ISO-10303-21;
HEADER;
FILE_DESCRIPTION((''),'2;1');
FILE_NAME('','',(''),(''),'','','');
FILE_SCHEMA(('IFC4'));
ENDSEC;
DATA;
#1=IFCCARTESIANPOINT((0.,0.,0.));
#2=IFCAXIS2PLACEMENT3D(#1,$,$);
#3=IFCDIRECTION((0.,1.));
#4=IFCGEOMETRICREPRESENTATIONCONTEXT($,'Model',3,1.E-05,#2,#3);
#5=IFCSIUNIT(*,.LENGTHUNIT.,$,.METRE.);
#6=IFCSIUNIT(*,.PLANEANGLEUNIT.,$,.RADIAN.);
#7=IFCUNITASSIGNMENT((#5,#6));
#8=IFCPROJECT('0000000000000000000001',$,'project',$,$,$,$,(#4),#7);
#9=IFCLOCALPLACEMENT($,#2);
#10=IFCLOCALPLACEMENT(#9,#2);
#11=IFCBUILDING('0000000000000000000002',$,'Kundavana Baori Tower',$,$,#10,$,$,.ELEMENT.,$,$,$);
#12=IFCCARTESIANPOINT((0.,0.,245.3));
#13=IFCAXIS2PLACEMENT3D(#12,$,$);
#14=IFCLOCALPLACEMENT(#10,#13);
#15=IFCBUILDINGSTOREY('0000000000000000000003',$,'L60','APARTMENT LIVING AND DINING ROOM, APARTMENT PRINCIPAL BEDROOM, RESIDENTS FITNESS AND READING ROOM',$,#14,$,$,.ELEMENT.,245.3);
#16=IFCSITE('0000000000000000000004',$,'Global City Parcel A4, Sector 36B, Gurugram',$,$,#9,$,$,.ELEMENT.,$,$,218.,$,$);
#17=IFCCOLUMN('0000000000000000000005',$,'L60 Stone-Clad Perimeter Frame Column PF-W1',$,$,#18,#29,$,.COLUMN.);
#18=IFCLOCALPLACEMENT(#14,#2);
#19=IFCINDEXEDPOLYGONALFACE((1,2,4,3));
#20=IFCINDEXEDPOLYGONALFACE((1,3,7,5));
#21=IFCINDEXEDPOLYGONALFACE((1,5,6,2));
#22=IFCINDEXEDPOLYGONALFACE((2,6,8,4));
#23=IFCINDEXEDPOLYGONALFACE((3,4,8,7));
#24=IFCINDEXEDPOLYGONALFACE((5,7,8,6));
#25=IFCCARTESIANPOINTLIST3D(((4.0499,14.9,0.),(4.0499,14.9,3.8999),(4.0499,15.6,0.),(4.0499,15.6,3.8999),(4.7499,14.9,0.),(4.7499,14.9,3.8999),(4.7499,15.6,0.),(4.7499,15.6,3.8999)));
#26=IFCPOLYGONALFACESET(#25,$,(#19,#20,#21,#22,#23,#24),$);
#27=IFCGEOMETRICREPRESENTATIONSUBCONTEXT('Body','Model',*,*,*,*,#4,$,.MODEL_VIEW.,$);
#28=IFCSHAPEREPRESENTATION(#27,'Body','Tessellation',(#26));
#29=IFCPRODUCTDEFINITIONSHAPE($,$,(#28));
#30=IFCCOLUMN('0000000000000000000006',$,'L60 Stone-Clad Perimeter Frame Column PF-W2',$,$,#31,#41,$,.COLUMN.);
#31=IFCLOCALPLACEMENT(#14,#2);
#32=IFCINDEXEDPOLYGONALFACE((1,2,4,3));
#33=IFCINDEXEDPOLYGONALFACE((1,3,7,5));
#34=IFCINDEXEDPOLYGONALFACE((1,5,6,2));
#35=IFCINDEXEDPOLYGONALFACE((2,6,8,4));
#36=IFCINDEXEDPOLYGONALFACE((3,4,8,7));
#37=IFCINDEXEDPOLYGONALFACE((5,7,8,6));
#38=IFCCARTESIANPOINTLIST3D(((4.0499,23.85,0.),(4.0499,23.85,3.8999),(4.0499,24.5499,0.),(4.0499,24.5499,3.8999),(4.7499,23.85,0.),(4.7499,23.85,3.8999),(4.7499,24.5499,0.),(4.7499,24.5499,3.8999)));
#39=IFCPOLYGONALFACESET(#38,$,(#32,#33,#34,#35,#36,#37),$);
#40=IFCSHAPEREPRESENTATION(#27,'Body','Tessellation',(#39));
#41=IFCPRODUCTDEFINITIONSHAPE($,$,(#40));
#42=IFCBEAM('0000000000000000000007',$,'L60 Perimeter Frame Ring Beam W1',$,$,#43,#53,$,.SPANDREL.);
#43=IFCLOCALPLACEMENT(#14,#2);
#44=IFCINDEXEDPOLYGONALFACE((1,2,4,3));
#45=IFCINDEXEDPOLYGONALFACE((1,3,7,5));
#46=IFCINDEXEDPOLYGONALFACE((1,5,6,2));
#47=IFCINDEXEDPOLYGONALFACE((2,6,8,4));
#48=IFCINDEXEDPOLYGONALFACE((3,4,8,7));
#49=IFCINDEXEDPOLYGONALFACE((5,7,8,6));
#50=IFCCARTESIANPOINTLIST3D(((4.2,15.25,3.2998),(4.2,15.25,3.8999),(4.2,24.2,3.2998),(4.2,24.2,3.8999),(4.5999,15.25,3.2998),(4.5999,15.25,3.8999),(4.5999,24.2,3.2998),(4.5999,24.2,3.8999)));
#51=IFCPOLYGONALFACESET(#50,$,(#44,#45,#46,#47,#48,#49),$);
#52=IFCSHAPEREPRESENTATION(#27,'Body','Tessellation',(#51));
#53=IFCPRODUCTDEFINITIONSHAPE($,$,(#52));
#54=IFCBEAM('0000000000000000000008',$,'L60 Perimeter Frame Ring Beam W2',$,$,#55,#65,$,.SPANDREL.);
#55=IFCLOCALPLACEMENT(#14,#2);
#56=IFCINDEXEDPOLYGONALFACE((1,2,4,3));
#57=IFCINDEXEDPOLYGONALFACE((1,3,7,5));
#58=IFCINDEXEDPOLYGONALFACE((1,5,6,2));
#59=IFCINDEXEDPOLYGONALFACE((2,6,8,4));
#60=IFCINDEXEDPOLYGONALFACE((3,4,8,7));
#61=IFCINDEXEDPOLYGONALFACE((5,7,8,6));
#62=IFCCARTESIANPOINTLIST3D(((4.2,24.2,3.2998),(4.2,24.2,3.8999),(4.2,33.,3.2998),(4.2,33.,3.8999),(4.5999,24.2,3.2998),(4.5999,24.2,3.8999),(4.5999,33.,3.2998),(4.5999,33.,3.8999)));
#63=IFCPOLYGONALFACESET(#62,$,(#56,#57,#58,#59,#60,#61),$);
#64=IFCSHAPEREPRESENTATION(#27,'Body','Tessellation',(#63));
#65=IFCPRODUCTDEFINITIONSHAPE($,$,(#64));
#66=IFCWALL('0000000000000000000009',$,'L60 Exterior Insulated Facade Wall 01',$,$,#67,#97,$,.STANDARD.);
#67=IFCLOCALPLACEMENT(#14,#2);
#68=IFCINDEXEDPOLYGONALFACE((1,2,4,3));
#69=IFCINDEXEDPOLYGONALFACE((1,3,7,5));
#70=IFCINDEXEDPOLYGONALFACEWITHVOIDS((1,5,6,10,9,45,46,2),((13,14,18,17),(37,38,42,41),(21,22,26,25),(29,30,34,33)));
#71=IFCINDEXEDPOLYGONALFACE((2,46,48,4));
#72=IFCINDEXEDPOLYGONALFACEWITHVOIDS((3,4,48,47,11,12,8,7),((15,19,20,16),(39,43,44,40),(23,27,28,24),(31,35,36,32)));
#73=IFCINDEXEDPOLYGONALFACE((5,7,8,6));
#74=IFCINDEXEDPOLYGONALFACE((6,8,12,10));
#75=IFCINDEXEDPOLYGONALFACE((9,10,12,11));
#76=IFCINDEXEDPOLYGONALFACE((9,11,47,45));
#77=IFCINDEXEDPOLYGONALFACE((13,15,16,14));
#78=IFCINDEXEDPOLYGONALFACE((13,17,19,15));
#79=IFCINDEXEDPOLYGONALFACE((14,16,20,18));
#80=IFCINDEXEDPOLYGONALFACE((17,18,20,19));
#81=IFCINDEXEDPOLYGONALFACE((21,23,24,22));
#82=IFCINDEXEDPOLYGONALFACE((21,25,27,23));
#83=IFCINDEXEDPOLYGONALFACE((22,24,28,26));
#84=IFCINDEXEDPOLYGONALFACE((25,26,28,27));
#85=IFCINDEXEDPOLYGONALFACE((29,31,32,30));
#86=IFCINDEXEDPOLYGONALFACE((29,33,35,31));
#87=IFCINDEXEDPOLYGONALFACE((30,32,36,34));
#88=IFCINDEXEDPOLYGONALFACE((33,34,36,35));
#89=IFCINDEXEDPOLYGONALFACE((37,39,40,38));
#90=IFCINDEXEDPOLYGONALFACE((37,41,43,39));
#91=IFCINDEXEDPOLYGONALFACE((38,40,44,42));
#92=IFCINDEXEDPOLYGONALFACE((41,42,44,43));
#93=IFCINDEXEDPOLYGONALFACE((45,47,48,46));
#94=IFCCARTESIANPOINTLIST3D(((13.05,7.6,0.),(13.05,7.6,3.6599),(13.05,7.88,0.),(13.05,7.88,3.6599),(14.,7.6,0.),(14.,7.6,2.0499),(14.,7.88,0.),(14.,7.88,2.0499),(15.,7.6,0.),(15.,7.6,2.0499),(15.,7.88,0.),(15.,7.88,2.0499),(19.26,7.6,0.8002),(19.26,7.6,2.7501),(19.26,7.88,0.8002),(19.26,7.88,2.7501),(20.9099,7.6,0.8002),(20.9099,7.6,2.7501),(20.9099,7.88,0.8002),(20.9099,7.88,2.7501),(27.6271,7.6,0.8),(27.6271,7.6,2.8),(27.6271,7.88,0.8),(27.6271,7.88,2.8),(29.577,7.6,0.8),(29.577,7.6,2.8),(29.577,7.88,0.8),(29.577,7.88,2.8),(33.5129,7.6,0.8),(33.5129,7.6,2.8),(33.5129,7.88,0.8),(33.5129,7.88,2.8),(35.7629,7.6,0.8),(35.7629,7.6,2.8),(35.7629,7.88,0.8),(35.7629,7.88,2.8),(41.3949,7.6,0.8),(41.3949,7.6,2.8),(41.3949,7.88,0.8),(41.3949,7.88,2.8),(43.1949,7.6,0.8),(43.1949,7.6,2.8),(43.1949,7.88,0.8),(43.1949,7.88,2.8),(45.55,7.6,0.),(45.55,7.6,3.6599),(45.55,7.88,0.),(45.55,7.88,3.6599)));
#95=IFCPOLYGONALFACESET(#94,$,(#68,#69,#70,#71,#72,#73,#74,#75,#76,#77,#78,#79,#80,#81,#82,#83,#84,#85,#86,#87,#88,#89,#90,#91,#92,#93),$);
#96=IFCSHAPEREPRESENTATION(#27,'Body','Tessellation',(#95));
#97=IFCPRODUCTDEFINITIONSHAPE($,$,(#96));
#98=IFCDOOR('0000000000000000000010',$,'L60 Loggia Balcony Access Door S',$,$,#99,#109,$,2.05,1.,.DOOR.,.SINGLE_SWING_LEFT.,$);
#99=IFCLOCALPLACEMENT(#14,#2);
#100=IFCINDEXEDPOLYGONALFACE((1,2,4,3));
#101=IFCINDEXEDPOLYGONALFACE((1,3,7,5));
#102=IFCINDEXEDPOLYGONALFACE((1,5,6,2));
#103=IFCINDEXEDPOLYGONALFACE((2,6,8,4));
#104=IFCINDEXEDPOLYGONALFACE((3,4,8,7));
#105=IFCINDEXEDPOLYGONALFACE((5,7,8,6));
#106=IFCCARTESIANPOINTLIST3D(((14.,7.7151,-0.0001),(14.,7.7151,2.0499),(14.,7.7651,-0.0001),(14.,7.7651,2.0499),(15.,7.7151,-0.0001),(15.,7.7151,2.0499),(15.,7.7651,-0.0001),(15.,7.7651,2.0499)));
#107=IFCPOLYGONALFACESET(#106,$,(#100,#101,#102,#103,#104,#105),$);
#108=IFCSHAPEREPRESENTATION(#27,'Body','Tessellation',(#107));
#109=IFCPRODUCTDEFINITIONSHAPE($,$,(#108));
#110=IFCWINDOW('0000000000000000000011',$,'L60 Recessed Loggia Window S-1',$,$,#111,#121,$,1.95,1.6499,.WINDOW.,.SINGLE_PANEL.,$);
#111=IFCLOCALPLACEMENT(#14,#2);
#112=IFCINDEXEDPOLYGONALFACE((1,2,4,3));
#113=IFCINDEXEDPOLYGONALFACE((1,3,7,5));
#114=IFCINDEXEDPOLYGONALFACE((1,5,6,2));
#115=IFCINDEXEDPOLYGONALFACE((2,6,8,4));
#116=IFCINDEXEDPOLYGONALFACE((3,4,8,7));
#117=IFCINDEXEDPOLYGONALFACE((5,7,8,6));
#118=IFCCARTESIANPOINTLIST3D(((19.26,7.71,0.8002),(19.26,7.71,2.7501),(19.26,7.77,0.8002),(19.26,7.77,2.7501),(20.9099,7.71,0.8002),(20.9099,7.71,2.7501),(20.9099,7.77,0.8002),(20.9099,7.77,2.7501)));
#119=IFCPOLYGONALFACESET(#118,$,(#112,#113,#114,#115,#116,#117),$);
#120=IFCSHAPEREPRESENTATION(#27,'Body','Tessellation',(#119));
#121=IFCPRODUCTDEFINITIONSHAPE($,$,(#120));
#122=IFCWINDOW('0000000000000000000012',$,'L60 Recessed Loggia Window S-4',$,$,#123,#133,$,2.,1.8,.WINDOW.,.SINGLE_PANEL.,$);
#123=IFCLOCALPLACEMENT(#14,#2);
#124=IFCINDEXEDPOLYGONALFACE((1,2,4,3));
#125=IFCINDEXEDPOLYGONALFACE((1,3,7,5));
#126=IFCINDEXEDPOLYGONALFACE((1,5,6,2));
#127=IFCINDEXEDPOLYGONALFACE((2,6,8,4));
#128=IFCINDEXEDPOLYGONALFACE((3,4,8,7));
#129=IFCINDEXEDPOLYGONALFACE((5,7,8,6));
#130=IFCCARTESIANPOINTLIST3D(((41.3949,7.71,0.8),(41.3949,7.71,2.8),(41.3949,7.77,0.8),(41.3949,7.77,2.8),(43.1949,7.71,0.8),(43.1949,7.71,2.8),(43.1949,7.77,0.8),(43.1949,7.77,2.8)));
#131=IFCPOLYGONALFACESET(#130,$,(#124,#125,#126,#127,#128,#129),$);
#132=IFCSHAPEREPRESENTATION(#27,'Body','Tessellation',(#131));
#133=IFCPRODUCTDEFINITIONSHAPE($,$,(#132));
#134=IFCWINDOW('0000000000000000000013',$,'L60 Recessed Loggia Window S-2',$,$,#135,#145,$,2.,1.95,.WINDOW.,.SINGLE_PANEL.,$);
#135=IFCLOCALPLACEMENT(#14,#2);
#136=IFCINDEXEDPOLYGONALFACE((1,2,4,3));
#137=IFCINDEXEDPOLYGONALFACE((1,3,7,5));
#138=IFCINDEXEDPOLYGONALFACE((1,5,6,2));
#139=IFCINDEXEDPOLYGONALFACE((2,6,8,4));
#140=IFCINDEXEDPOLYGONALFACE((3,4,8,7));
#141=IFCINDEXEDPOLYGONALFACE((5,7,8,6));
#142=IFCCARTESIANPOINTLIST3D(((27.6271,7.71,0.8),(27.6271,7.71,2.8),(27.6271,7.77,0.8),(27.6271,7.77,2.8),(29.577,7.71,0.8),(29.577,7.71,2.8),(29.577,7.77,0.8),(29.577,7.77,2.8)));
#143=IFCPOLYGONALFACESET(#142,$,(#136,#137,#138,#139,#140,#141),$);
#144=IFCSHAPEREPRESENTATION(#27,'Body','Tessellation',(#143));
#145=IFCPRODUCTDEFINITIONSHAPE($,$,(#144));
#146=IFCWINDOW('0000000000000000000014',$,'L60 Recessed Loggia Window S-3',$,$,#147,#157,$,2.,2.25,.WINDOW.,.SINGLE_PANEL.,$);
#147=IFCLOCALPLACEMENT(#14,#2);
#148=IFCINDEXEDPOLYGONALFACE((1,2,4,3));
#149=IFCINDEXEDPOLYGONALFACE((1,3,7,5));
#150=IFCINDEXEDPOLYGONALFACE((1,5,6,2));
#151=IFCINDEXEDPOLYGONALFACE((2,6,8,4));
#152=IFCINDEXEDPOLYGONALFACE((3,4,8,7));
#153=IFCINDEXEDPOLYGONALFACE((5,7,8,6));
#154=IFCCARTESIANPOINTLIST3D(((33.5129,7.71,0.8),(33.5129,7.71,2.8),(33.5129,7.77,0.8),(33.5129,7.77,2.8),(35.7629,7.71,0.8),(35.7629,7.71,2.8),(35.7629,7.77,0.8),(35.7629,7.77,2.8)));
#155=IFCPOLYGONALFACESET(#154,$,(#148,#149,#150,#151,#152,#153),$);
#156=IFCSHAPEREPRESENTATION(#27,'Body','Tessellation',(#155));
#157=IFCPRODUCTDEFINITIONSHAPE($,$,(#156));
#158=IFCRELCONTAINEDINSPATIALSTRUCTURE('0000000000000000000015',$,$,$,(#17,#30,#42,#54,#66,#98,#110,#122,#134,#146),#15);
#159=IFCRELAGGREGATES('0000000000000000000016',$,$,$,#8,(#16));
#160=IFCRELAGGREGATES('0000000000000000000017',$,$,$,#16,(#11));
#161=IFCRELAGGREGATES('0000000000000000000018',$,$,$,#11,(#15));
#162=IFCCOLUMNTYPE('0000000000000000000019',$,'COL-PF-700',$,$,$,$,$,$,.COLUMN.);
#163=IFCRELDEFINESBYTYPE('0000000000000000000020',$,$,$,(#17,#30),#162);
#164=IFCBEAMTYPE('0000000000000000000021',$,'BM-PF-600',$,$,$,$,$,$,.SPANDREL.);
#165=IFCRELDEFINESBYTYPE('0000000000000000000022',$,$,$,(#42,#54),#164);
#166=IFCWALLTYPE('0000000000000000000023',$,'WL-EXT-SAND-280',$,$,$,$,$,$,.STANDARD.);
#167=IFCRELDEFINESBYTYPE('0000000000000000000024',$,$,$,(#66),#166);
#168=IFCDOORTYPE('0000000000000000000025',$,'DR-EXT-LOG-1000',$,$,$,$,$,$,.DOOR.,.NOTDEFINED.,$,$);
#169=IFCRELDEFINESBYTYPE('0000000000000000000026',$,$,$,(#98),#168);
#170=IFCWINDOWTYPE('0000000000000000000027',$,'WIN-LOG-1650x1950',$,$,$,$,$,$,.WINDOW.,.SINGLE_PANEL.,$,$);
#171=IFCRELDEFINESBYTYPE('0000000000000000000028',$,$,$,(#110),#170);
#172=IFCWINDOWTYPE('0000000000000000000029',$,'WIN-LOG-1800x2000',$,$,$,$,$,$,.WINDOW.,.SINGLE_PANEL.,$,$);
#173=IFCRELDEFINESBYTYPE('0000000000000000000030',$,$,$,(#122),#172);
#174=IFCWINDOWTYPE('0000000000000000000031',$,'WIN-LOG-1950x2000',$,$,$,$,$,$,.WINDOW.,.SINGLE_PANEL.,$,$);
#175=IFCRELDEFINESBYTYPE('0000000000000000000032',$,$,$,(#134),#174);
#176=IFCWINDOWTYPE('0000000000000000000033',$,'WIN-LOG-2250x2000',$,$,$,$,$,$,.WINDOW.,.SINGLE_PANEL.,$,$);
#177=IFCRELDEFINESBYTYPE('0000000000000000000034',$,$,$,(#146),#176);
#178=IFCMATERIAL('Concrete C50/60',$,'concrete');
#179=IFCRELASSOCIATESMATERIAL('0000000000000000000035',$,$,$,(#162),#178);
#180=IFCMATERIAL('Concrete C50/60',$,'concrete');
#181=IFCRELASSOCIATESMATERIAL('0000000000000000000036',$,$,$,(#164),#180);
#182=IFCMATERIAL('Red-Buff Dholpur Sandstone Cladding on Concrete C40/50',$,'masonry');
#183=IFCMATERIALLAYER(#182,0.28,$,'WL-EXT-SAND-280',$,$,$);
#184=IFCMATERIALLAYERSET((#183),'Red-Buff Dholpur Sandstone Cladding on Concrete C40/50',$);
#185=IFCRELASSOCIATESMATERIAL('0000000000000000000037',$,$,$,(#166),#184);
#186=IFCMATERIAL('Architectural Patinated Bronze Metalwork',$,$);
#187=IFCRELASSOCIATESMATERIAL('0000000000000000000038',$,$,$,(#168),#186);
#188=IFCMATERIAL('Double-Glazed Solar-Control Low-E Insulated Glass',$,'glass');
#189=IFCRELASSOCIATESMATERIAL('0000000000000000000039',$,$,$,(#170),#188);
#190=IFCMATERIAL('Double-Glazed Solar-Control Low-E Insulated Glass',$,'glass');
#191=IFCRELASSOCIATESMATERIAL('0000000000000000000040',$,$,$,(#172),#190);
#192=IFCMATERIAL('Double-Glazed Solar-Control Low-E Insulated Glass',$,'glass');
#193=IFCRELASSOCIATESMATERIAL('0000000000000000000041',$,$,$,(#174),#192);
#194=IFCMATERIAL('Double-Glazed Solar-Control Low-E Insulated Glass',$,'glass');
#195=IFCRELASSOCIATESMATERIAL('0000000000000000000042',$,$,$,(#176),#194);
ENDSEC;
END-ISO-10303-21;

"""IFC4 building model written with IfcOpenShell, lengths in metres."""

from ifc_helpers import new_model, si_unit, direction, frame, frame_2d, origin, origin_2d, place, context, subcontext, project, spatial, rectangle, extrude, material, layer, layer_set, material_profile, profile_set, type_object, element, fill, save


model = new_model("IFC4")

# Units and contexts
model_context = context("Model", 3, precision=1e-05, world=origin(), true_north=direction((0.0, 1.0)))
body_context = subcontext(model_context, "Body", "Model", "MODEL_VIEW")
ifc_project = project(units=[si_unit("LENGTHUNIT", "METRE"), si_unit("PLANEANGLEUNIT", "RADIAN")], contexts=[model_context])

# Site, building, storey
site_placement = place(None, origin())
site = spatial("IfcSite", under=ifc_project, at=site_placement, Name="Global City Parcel A4, Sector 36B, Gurugram", CompositionType="ELEMENT", RefElevation=218.0)
building_placement = place(site_placement, origin())
building = spatial("IfcBuilding", under=site, at=building_placement, Name="Kundavana Baori Tower", CompositionType="ELEMENT")
storey_placement = place(building_placement, frame((0.0, 0.0, 245.3)))
storey = spatial("IfcBuildingStorey", under=building, at=storey_placement, Name="L60", Description="APARTMENT LIVING AND DINING ROOM, APARTMENT PRINCIPAL BEDROOM, RESIDENTS FITNESS AND READING ROOM", CompositionType="ELEMENT", Elevation=245.3)

# Columns
ifc_material_1 = material(Name="Concrete C50/60", Category="concrete")
ifc_material_profile_1 = material_profile(ifc_material_1, rectangle(XDim=0.7, YDim=0.7, at=origin_2d()), Name="RC PF 700x700")
ifc_profile_set_1 = profile_set([ifc_material_profile_1], Name="Concrete C50/60")
column_type = type_object("IfcColumnType", Name="COL-PF-700", PredefinedType="COLUMN", material=ifc_profile_set_1)
for number, where, z_axis, x_axis, name in (
    (1, (4.3999, 15.25, 0.0), (0.0, 0.0, 1.0), (1.0, 0.0, 0.0), "L60 Stone-Clad Perimeter Frame Column PF-W1"),
    (2, (4.3999, 24.2, 0.0), (0.0, 0.0, 1.0), (1.0, 0.0, 0.0), "L60 Stone-Clad Perimeter Frame Column PF-W2"),
):
    element("IfcColumn", number, at=place(storey_placement, frame(where, z_axis=z_axis, x_axis=x_axis)), inside=storey, type_object=column_type, Name=name, PredefinedType="COLUMN", context=body_context, shape_type="SweptSolid", body=[
        extrude(rectangle(XDim=0.7, YDim=0.7, at=origin_2d()), origin(), (0.0, 0.0, 1.0), 3.8999),
    ])

# Beams
ifc_material_2 = material(Name="Concrete C50/60", Category="concrete")
ifc_material_profile_2 = material_profile(ifc_material_2, rectangle(XDim=0.3999, YDim=0.6001, at=origin_2d()), Name="RC BM 400x600")
ifc_profile_set_2 = profile_set([ifc_material_profile_2], Name="Concrete C50/60")
beam_type = type_object("IfcBeamType", Name="BM-PF-600", PredefinedType="SPANDREL", material=ifc_profile_set_2)
beam_1_placement = place(storey_placement, frame((4.3999, 15.25, 3.5999), z_axis=(0.0, 1.0, 0.0), x_axis=(-1.0, 0.0, 0.0)))
element("IfcBeam", 3, at=beam_1_placement, inside=storey, type_object=beam_type, Name="L60 Perimeter Frame Ring Beam W1", PredefinedType="SPANDREL", context=body_context, shape_type="SweptSolid", body=[
    extrude(rectangle(XDim=0.3999, YDim=0.6001, at=origin_2d()), origin(), (0.0, 0.0, 1.0), 8.95),
])
beam_2_placement = place(storey_placement, frame((4.3999, 24.2, 3.5999), z_axis=(0.0, 1.0, 0.0), x_axis=(-1.0, 0.0, 0.0)))
element("IfcBeam", 4, at=beam_2_placement, inside=storey, type_object=beam_type, Name="L60 Perimeter Frame Ring Beam W2", PredefinedType="SPANDREL", context=body_context, shape_type="SweptSolid", body=[
    extrude(rectangle(XDim=0.3999, YDim=0.6001, at=origin_2d()), origin(), (0.0, 0.0, 1.0), 8.8),
])

# Wall, openings, door, windows
ifc_material_3 = material(Name="Red-Buff Dholpur Sandstone Cladding on Concrete C40/50", Category="masonry")
ifc_layer_1 = layer(ifc_material_3, 0.28, Name="WL-EXT-SAND-280")
ifc_layer_set_1 = layer_set([ifc_layer_1], Name="Red-Buff Dholpur Sandstone Cladding on Concrete C40/50")
wall_type_1 = type_object("IfcWallType", Name="WL-EXT-SAND-280", PredefinedType="STANDARD", material=ifc_layer_set_1)
wall_1_placement = place(storey_placement, frame((13.05, 7.74, 0.0), z_axis=(0.0, 0.0, 1.0), x_axis=(1.0, 0.0, 0.0)))
wall_1 = element("IfcWall", 5, at=wall_1_placement, inside=storey, type_object=wall_type_1, Name="L60 Exterior Insulated Facade Wall 01", PredefinedType="STANDARD", context=body_context, shape_type="SweptSolid", body=[
    extrude(rectangle(XDim=32.5, YDim=0.28, at=frame_2d((16.25, 0.0))), origin(), (0.0, 0.0, 1.0), 3.6599),
])
opening_1_placement = place(wall_1_placement, frame((0.95, 0.0, 0.0)))
opening_1 = element("IfcOpeningElement", 6, at=opening_1_placement, cuts=wall_1, PredefinedType="OPENING", context=body_context, shape_type="SweptSolid", body=[
    extrude(rectangle(XDim=1.0, YDim=2.05, at=frame_2d((0.5, 1.0249))), frame((0.0, 0.1499, 0.0), z_axis=(0.0, -1.0, 0.0), x_axis=(1.0, 0.0, 0.0)), (0.0, 0.0, 1.0), 0.3),
])
opening_2_placement = place(wall_1_placement, frame((6.21, 0.0, 0.8)))
opening_2 = element("IfcOpeningElement", 7, at=opening_2_placement, cuts=wall_1, PredefinedType="OPENING", context=body_context, shape_type="SweptSolid", body=[
    extrude(rectangle(XDim=1.6499, YDim=1.95, at=frame_2d((0.825, 0.9751))), frame((0.0, 0.1499, 0.0), z_axis=(0.0, -1.0, 0.0), x_axis=(1.0, 0.0, 0.0)), (0.0, 0.0, 1.0), 0.3),
])
opening_3_placement = place(wall_1_placement, frame((14.5769, 0.0, 0.8)))
opening_3 = element("IfcOpeningElement", 8, at=opening_3_placement, cuts=wall_1, PredefinedType="OPENING", context=body_context, shape_type="SweptSolid", body=[
    extrude(rectangle(XDim=1.95, YDim=2.0, at=frame_2d((0.9751, 1.0))), frame((0.0, 0.1499, 0.0), z_axis=(0.0, -1.0, 0.0), x_axis=(1.0, 0.0, 0.0)), (0.0, 0.0, 1.0), 0.3),
])
opening_4_placement = place(wall_1_placement, frame((20.4629, 0.0, 0.8)))
opening_4 = element("IfcOpeningElement", 9, at=opening_4_placement, cuts=wall_1, PredefinedType="OPENING", context=body_context, shape_type="SweptSolid", body=[
    extrude(rectangle(XDim=2.25, YDim=2.0, at=frame_2d((1.125, 1.0))), frame((0.0, 0.1499, 0.0), z_axis=(0.0, -1.0, 0.0), x_axis=(1.0, 0.0, 0.0)), (0.0, 0.0, 1.0), 0.3),
])
opening_5_placement = place(wall_1_placement, frame((28.345, 0.0, 0.8)))
opening_5 = element("IfcOpeningElement", 10, at=opening_5_placement, cuts=wall_1, PredefinedType="OPENING", context=body_context, shape_type="SweptSolid", body=[
    extrude(rectangle(XDim=1.8, YDim=2.0, at=frame_2d((0.8999, 1.0))), frame((0.0, 0.1499, 0.0), z_axis=(0.0, -1.0, 0.0), x_axis=(1.0, 0.0, 0.0)), (0.0, 0.0, 1.0), 0.3),
])
ifc_material_4 = material(Name="Architectural Patinated Bronze Metalwork")
door_type_1 = type_object("IfcDoorType", Name="DR-EXT-LOG-1000", OperationType="NOTDEFINED", PredefinedType="DOOR", material=ifc_material_4)
door_1_placement = place(opening_1_placement, frame((1.0, 0.0, 0.0), z_axis=(0.0, 0.0, 1.0), x_axis=(-1.0, 0.0, 0.0)))
door_1 = element("IfcDoor", 11, at=door_1_placement, inside=storey, type_object=door_type_1, Name="L60 Loggia Balcony Access Door S", OperationType="SINGLE_SWING_LEFT", OverallHeight=2.05, OverallWidth=1.0, PredefinedType="DOOR", context=body_context, shape_type="SweptSolid", body=[
    extrude(rectangle(XDim=1.0, YDim=2.05, at=frame_2d((0.5, 1.0249))), frame((0.0, 0.0249, 0.0), z_axis=(0.0, -1.0, 0.0), x_axis=(1.0, 0.0, 0.0)), (0.0, 0.0, 1.0), 0.05),
])
fill(opening_1, door_1)
ifc_material_5 = material(Name="Double-Glazed Solar-Control Low-E Insulated Glass", Category="glass")
window_type_1 = type_object("IfcWindowType", Name="WIN-LOG-1650x1950", PartitioningType="SINGLE_PANEL", PredefinedType="WINDOW", material=ifc_material_5)
window_1_placement = place(opening_2_placement, origin())
window_1 = element("IfcWindow", 12, at=window_1_placement, inside=storey, type_object=window_type_1, Name="L60 Recessed Loggia Window S-1", OverallHeight=1.95, OverallWidth=1.6499, PartitioningType="SINGLE_PANEL", PredefinedType="WINDOW", context=body_context, shape_type="SweptSolid", body=[
    extrude(rectangle(XDim=1.6499, YDim=1.95, at=frame_2d((0.825, 0.9751))), frame((0.0, 0.03, 0.0), z_axis=(0.0, -1.0, 0.0), x_axis=(1.0, 0.0, 0.0)), (0.0, 0.0, 1.0), 0.0601),
])
fill(opening_2, window_1)
ifc_material_6 = material(Name="Double-Glazed Solar-Control Low-E Insulated Glass", Category="glass")
window_type_2 = type_object("IfcWindowType", Name="WIN-LOG-1800x2000", PartitioningType="SINGLE_PANEL", PredefinedType="WINDOW", material=ifc_material_6)
window_2_placement = place(opening_5_placement, origin())
window_2 = element("IfcWindow", 13, at=window_2_placement, inside=storey, type_object=window_type_2, Name="L60 Recessed Loggia Window S-4", OverallHeight=2.0, OverallWidth=1.8, PartitioningType="SINGLE_PANEL", PredefinedType="WINDOW", context=body_context, shape_type="SweptSolid", body=[
    extrude(rectangle(XDim=1.8, YDim=2.0, at=frame_2d((0.8999, 1.0))), frame((0.0, 0.03, 0.0), z_axis=(0.0, -1.0, 0.0), x_axis=(1.0, 0.0, 0.0)), (0.0, 0.0, 1.0), 0.0601),
])
fill(opening_5, window_2)
ifc_material_7 = material(Name="Double-Glazed Solar-Control Low-E Insulated Glass", Category="glass")
window_type_3 = type_object("IfcWindowType", Name="WIN-LOG-1950x2000", PartitioningType="SINGLE_PANEL", PredefinedType="WINDOW", material=ifc_material_7)
window_3_placement = place(opening_3_placement, origin())
window_3 = element("IfcWindow", 14, at=window_3_placement, inside=storey, type_object=window_type_3, Name="L60 Recessed Loggia Window S-2", OverallHeight=2.0, OverallWidth=1.95, PartitioningType="SINGLE_PANEL", PredefinedType="WINDOW", context=body_context, shape_type="SweptSolid", body=[
    extrude(rectangle(XDim=1.95, YDim=2.0, at=frame_2d((0.9751, 1.0))), frame((0.0, 0.03, 0.0), z_axis=(0.0, -1.0, 0.0), x_axis=(1.0, 0.0, 0.0)), (0.0, 0.0, 1.0), 0.0601),
])
fill(opening_3, window_3)
ifc_material_8 = material(Name="Double-Glazed Solar-Control Low-E Insulated Glass", Category="glass")
window_type_4 = type_object("IfcWindowType", Name="WIN-LOG-2250x2000", PartitioningType="SINGLE_PANEL", PredefinedType="WINDOW", material=ifc_material_8)
window_4_placement = place(opening_4_placement, origin())
window_4 = element("IfcWindow", 15, at=window_4_placement, inside=storey, type_object=window_type_4, Name="L60 Recessed Loggia Window S-3", OverallHeight=2.0, OverallWidth=2.25, PartitioningType="SINGLE_PANEL", PredefinedType="WINDOW", context=body_context, shape_type="SweptSolid", body=[
    extrude(rectangle(XDim=2.25, YDim=2.0, at=frame_2d((1.125, 1.0))), frame((0.0, 0.03, 0.0), z_axis=(0.0, -1.0, 0.0), x_axis=(1.0, 0.0, 0.0)), (0.0, 0.0, 1.0), 0.0601),
])
fill(opening_4, window_4)

save(model, "model.ifc")
